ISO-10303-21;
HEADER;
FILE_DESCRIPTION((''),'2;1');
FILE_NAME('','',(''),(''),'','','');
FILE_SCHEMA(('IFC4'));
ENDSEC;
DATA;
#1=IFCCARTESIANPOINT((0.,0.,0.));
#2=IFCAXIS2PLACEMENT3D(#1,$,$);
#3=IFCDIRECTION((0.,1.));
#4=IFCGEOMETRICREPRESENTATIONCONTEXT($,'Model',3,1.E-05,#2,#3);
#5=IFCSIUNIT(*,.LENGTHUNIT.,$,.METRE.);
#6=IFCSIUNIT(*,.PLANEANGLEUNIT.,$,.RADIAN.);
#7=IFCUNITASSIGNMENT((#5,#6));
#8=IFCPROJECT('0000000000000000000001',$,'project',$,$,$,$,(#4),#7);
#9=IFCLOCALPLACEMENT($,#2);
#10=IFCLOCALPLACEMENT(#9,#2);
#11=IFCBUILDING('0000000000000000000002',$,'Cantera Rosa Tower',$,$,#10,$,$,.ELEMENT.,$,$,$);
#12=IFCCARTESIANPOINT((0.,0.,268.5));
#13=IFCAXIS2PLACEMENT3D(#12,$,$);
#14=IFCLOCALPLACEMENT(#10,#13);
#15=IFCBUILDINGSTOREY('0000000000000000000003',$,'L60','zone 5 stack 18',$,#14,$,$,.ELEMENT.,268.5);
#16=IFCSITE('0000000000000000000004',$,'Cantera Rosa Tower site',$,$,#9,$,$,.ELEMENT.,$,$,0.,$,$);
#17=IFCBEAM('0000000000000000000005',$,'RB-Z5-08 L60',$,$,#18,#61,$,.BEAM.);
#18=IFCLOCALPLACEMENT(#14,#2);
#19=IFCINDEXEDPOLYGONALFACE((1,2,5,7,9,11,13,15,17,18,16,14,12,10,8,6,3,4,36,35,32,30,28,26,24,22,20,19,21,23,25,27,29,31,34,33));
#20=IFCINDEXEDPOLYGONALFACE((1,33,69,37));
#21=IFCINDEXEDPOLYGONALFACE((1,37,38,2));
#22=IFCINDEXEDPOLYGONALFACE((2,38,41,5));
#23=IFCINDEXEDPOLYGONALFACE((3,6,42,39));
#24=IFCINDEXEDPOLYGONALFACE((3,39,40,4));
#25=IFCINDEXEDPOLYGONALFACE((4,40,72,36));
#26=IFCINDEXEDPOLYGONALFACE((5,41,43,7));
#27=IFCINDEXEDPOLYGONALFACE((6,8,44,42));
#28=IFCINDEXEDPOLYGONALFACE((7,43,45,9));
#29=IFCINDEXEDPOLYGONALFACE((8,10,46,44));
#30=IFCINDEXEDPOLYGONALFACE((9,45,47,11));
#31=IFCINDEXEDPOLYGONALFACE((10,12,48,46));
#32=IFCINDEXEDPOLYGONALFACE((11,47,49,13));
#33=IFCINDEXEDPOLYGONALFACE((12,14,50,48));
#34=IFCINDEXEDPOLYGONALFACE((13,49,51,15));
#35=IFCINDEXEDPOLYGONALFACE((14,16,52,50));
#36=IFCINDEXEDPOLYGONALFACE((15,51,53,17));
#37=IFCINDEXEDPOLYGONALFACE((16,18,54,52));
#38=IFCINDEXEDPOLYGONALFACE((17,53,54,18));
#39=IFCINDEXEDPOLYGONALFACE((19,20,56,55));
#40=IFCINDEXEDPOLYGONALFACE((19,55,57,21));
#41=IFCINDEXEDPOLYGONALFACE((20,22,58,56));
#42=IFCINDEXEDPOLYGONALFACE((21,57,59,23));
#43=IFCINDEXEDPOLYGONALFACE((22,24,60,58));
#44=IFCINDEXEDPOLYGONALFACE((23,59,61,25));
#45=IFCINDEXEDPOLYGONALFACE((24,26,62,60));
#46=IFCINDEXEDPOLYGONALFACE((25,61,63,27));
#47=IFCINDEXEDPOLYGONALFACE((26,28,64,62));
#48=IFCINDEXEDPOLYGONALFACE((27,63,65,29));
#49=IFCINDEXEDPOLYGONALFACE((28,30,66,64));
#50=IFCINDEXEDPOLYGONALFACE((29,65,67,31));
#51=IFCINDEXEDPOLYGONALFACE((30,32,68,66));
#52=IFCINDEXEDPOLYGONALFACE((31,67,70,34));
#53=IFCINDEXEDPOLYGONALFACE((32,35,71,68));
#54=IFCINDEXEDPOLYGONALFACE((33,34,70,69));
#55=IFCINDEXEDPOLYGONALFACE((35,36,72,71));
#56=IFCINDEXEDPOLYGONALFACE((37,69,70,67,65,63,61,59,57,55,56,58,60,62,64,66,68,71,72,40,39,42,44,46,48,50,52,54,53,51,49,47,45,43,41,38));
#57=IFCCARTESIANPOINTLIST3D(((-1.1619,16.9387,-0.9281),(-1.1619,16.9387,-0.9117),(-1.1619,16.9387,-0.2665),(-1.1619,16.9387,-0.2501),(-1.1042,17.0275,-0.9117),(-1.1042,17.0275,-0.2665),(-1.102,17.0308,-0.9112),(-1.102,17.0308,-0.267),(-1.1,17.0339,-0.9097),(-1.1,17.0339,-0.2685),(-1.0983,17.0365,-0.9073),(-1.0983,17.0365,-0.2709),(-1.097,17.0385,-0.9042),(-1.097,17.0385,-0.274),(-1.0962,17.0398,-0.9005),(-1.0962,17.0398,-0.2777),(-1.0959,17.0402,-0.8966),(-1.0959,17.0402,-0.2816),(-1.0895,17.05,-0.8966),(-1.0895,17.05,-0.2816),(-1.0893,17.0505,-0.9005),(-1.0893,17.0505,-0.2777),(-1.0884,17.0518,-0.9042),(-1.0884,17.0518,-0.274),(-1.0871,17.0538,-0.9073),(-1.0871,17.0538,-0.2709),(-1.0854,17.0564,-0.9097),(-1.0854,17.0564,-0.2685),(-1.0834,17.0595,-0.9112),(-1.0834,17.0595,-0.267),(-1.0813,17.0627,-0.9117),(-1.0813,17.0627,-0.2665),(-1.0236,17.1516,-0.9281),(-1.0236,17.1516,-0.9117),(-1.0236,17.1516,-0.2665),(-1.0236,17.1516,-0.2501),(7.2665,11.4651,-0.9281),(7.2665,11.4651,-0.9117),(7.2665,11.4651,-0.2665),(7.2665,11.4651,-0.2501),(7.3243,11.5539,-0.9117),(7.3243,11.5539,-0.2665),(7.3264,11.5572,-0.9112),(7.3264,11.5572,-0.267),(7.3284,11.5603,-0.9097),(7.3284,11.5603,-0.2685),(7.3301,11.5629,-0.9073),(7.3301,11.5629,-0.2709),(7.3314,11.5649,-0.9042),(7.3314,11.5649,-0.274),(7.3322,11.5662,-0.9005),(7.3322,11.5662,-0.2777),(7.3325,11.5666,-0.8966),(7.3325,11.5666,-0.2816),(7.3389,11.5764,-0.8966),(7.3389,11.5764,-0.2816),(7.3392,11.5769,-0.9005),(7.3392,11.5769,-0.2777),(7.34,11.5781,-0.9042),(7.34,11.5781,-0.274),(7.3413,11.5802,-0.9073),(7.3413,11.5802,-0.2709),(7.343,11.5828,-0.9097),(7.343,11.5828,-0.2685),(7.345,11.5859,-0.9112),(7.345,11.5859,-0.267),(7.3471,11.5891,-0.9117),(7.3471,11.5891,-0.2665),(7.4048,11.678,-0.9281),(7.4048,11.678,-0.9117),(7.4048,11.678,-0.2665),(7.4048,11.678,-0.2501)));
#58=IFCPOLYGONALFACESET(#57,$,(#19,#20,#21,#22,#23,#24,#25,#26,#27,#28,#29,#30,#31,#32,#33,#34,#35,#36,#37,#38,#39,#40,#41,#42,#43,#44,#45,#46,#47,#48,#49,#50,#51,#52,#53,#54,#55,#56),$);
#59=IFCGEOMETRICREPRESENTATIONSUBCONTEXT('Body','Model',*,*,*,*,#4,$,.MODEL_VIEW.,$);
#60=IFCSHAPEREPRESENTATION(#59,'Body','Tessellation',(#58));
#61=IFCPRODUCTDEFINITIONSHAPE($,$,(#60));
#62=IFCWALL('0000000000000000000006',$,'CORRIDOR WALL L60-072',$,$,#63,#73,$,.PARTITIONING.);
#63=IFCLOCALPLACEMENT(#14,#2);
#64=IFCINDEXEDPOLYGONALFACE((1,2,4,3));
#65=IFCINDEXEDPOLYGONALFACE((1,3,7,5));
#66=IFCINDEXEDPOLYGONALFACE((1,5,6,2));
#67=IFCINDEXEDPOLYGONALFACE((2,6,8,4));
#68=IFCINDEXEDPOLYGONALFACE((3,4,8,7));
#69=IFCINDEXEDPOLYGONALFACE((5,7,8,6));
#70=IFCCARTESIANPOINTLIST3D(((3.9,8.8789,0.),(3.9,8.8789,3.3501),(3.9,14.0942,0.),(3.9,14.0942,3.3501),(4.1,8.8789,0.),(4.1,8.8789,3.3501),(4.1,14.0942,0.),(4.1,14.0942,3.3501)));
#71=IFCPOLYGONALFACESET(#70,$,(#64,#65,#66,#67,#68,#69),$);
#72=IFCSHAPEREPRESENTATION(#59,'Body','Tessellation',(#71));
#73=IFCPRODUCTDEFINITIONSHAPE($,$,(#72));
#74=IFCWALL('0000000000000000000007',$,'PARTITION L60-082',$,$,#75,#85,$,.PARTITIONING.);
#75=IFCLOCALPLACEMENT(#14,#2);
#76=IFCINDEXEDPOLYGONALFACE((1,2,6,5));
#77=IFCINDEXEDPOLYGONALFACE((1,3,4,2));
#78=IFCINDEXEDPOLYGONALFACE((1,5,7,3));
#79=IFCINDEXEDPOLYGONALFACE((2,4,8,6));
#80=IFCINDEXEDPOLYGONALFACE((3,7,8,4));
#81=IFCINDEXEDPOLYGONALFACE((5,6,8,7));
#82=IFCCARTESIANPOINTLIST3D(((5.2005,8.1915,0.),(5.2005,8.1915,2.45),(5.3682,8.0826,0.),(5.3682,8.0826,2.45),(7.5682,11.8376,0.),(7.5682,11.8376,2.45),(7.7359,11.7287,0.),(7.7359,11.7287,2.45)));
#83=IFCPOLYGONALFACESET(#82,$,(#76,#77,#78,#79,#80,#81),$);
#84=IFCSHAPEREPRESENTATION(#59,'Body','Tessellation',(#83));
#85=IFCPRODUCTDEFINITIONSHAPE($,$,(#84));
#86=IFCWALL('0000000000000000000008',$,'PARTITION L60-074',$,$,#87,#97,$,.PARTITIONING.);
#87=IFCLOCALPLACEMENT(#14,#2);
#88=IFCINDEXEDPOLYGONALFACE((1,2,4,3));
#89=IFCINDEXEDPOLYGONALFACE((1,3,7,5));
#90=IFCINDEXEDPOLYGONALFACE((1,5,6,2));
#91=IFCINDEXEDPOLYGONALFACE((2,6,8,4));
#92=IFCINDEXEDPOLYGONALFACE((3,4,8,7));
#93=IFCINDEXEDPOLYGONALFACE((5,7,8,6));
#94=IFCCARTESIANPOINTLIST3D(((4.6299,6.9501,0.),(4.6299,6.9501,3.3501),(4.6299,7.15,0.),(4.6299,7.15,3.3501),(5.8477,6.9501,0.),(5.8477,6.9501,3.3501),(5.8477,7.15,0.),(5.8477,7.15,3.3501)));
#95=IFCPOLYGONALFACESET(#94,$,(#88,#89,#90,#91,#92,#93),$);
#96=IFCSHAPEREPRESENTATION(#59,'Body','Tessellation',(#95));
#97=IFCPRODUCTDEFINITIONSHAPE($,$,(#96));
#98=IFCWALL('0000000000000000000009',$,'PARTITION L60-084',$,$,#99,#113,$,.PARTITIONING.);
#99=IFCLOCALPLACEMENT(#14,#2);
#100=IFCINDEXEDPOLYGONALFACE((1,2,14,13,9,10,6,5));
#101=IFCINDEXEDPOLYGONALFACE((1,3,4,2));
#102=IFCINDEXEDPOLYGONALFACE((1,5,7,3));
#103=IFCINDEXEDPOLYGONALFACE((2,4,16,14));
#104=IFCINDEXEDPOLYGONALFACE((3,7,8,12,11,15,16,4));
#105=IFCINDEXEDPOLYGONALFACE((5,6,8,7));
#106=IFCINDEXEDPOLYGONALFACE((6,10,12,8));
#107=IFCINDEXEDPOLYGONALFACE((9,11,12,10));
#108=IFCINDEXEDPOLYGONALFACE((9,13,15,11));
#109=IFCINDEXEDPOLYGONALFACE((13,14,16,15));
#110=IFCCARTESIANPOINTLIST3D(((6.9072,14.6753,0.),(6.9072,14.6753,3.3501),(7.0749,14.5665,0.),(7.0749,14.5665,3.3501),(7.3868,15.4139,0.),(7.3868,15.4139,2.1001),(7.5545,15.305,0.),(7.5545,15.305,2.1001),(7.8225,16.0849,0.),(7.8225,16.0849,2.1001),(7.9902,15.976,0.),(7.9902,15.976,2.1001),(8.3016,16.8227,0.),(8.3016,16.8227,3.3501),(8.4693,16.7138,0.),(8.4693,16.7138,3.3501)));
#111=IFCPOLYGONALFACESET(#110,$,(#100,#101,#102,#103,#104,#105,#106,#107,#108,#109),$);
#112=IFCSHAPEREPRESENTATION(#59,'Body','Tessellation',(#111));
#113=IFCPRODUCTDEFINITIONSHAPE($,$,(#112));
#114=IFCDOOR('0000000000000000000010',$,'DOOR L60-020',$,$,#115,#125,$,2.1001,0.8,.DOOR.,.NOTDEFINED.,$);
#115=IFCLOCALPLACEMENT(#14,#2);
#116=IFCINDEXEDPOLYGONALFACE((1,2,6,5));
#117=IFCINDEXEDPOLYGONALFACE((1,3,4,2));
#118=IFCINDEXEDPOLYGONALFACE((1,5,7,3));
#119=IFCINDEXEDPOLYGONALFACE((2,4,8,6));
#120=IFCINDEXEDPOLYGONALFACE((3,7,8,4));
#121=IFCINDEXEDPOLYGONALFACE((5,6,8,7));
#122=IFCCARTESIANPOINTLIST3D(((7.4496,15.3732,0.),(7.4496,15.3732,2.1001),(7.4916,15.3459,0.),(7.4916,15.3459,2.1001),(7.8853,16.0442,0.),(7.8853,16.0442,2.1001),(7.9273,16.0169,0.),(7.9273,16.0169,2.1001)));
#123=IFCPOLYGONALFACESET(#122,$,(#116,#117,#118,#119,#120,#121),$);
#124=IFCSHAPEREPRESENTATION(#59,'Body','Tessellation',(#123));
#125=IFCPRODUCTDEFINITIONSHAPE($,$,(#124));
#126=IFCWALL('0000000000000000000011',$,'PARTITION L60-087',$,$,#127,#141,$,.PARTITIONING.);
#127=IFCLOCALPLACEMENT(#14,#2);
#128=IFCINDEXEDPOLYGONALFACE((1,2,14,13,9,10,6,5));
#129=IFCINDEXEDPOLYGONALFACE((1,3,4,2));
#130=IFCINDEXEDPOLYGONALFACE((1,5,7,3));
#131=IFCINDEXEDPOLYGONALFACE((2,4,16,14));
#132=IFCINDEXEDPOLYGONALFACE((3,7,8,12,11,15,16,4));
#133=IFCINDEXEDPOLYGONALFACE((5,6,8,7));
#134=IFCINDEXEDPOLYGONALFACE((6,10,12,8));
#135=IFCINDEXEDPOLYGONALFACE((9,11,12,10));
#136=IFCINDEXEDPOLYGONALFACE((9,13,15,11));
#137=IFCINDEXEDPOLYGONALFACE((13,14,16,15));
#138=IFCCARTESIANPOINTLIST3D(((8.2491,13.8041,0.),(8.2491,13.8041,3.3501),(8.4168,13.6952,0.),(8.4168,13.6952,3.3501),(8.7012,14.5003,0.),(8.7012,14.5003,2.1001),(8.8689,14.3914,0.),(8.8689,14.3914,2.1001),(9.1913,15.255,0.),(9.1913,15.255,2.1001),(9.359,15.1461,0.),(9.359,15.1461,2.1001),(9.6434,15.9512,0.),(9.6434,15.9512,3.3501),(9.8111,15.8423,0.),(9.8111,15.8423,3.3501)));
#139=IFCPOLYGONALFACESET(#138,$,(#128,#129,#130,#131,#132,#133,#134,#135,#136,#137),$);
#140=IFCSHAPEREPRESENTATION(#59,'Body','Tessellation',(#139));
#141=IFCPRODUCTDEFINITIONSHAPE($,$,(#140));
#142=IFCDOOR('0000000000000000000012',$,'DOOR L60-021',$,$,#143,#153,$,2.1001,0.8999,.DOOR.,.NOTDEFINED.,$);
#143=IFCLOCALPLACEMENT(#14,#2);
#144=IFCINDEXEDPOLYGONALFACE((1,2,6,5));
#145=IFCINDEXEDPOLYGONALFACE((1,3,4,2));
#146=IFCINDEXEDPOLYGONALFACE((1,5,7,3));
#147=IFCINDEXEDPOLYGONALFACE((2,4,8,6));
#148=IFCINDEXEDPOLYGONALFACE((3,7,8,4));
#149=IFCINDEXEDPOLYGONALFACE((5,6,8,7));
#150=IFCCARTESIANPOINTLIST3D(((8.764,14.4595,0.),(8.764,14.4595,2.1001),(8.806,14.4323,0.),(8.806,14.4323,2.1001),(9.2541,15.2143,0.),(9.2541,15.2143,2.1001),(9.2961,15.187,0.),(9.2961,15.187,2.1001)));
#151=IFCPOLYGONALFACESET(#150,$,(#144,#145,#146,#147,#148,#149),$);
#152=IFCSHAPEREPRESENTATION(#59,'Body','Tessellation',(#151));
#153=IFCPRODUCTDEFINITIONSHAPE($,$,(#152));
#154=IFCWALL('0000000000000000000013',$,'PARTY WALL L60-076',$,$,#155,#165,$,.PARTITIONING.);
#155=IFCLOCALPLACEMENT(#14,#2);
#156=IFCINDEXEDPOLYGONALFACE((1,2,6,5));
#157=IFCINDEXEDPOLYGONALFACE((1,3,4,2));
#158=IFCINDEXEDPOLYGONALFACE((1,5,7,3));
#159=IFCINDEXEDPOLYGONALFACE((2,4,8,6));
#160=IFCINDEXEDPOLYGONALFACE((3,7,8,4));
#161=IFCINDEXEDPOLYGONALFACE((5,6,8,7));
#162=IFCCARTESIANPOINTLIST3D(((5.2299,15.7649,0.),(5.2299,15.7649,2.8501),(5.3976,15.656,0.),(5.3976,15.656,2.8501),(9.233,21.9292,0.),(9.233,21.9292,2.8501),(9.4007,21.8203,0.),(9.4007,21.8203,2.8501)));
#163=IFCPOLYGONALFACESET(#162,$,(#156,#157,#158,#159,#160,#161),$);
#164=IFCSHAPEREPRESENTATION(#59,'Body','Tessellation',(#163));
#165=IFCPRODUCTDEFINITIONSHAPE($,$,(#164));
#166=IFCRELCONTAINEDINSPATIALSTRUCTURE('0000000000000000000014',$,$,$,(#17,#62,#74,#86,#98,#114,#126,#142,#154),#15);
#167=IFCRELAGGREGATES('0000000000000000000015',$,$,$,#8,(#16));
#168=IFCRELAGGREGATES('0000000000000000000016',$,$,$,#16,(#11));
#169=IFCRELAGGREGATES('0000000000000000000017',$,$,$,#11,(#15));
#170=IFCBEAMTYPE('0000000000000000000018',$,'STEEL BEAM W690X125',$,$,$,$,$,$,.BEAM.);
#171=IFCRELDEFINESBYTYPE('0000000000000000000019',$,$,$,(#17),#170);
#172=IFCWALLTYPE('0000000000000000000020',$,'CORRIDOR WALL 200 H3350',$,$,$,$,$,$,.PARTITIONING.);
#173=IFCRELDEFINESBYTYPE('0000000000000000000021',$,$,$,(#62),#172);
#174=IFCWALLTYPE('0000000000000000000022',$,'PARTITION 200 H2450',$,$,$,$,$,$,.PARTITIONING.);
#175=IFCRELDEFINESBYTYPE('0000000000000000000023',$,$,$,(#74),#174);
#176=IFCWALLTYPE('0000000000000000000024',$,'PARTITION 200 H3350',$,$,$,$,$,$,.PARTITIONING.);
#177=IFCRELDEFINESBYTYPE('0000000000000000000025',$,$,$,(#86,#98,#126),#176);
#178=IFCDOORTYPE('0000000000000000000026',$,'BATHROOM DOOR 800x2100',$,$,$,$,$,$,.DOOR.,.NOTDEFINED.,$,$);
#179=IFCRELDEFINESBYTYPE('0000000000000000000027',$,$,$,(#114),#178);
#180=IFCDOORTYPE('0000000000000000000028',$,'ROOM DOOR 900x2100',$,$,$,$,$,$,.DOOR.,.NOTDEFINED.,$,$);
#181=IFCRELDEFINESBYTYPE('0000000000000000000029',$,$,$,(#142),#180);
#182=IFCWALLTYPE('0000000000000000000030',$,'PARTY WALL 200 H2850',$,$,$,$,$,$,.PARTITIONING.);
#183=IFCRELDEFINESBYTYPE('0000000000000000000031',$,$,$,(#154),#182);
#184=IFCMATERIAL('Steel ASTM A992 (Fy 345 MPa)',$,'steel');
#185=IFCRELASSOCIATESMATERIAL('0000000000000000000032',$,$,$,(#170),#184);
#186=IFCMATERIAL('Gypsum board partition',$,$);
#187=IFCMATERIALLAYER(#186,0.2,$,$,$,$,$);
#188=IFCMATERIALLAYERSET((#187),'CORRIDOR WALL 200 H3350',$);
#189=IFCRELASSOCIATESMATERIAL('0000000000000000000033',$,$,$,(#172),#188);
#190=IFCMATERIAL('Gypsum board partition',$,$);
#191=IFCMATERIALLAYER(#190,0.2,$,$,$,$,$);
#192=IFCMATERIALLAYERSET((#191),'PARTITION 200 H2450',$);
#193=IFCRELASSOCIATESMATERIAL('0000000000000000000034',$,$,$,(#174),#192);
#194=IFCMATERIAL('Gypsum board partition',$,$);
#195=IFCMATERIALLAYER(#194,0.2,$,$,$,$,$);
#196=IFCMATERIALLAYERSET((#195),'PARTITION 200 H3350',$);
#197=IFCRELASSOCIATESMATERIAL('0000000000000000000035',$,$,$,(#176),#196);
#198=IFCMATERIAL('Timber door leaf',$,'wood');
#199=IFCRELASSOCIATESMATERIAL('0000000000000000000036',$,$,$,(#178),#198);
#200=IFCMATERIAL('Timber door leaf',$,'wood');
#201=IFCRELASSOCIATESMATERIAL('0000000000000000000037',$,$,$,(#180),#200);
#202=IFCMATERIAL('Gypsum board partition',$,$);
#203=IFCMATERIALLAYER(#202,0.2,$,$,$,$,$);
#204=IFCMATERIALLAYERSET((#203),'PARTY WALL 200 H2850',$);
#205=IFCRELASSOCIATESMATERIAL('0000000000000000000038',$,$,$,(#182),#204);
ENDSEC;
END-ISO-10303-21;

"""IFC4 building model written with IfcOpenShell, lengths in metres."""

from ifc_helpers import new_model, si_unit, direction, frame, frame_2d, origin, origin_2d, place, context, subcontext, project, spatial, rectangle, i_section, extrude, material, layer, layer_set, material_profile, profile_set, type_object, element, fill, save


model = new_model("IFC4")

# Units and contexts
model_context = context("Model", 3, precision=1e-05, world=origin(), true_north=direction((0.0, 1.0)))
body_context = subcontext(model_context, "Body", "Model", "MODEL_VIEW")
ifc_project = project(units=[si_unit("LENGTHUNIT", "METRE"), si_unit("PLANEANGLEUNIT", "RADIAN")], contexts=[model_context])

# Site, building, storey
site_placement = place(None, origin())
site = spatial("IfcSite", under=ifc_project, at=site_placement, Name="Cantera Rosa Tower site", CompositionType="ELEMENT", RefElevation=0.0)
building_placement = place(site_placement, origin())
building = spatial("IfcBuilding", under=site, at=building_placement, Name="Cantera Rosa Tower", CompositionType="ELEMENT")
storey_placement = place(building_placement, frame((0.0, 0.0, 268.5)))
storey = spatial("IfcBuildingStorey", under=building, at=storey_placement, Name="L60", Description="zone 5 stack 18", CompositionType="ELEMENT", Elevation=268.5)

# Beam
ifc_material_1 = material(Name="Steel ASTM A992 (Fy 345 MPa)", Category="steel")
ifc_material_profile = material_profile(ifc_material_1, i_section(OverallWidth=0.2539, OverallDepth=0.678, WebThickness=0.0117, FlangeThickness=0.0164, FilletRadius=0.0151, at=origin_2d()), Name="W690X125")
ifc_profile_set = profile_set([ifc_material_profile], Name="Steel ASTM A992 (Fy 345 MPa)")
beam_type = type_object("IfcBeamType", Name="STEEL BEAM W690X125", PredefinedType="BEAM", material=ifc_profile_set)
beam_placement = place(storey_placement, frame((7.3357, 11.5715, -0.5891), z_axis=(-0.838665, 0.544648, 0.0), x_axis=(-0.544648, -0.838665, 0.0)))
element("IfcBeam", 1, at=beam_placement, inside=storey, type_object=beam_type, Name="RB-Z5-08 L60", PredefinedType="BEAM", context=body_context, shape_type="SweptSolid", body=[
    extrude(i_section(OverallWidth=0.2539, OverallDepth=0.678, WebThickness=0.0117, FlangeThickness=0.0164, FilletRadius=0.0151, at=origin_2d()), origin(), (0.0, 0.0, 1.0), 10.0498),
])

# Walls
ifc_material_2 = material(Name="Gypsum board partition")
ifc_layer_1 = layer(ifc_material_2, 0.2)
ifc_layer_set_1 = layer_set([ifc_layer_1], Name="CORRIDOR WALL 200 H3350")
wall_type_1 = type_object("IfcWallType", Name="CORRIDOR WALL 200 H3350", PredefinedType="PARTITIONING", material=ifc_layer_set_1)
wall_1_placement = place(storey_placement, frame((4.0, 8.8789, 0.0), z_axis=(0.0, 0.0, 1.0), x_axis=(0.0, 1.0, 0.0)))
element("IfcWall", 2, at=wall_1_placement, inside=storey, type_object=wall_type_1, Name="CORRIDOR WALL L60-072", PredefinedType="PARTITIONING", context=body_context, shape_type="SweptSolid", body=[
    extrude(rectangle(XDim=5.2153, YDim=0.2, at=frame_2d((2.6077, 0.0))), origin(), (0.0, 0.0, 1.0), 3.3501),
])
ifc_material_3 = material(Name="Gypsum board partition")
ifc_layer_2 = layer(ifc_material_3, 0.2)
ifc_layer_set_2 = layer_set([ifc_layer_2], Name="PARTITION 200 H2450")
wall_type_2 = type_object("IfcWallType", Name="PARTITION 200 H2450", PredefinedType="PARTITIONING", material=ifc_layer_set_2)
wall_2_placement = place(storey_placement, frame((7.6521, 11.7832, 0.0), z_axis=(0.0, 0.0, 1.0), x_axis=(-0.544629, -0.838677, 0.0)))
element("IfcWall", 3, at=wall_2_placement, inside=storey, type_object=wall_type_2, Name="PARTITION L60-082", PredefinedType="PARTITIONING", context=body_context, shape_type="SweptSolid", body=[
    extrude(rectangle(XDim=4.3474, YDim=0.2, at=frame_2d((2.1738, 0.0))), origin(), (0.0, 0.0, 1.0), 2.45),
])
ifc_material_4 = material(Name="Gypsum board partition")
ifc_layer_3 = layer(ifc_material_4, 0.2)
ifc_layer_set_3 = layer_set([ifc_layer_3], Name="PARTITION 200 H3350")
wall_type_3 = type_object("IfcWallType", Name="PARTITION 200 H3350", PredefinedType="PARTITIONING", material=ifc_layer_set_3)
wall_3_placement = place(storey_placement, frame((4.6299, 7.05, 0.0), z_axis=(0.0, 0.0, 1.0), x_axis=(1.0, 0.0, 0.0)))
element("IfcWall", 4, at=wall_3_placement, inside=storey, type_object=wall_type_3, Name="PARTITION L60-074", PredefinedType="PARTITIONING", context=body_context, shape_type="SweptSolid", body=[
    extrude(rectangle(XDim=1.2178, YDim=0.2, at=frame_2d((0.6089, 0.0))), origin(), (0.0, 0.0, 1.0), 3.3501),
])

# Walls, openings, doors
wall_4_placement = place(storey_placement, frame((8.3855, 16.7683, 0.0), z_axis=(0.0, 0.0, 1.0), x_axis=(-0.544603, -0.838694, 0.0)))
wall_4 = element("IfcWall", 5, at=wall_4_placement, inside=storey, type_object=wall_type_3, Name="PARTITION L60-084", PredefinedType="PARTITIONING", context=body_context, shape_type="SweptSolid", body=[
    extrude(rectangle(XDim=2.5603, YDim=0.2, at=frame_2d((1.2803, 0.0))), origin(), (0.0, 0.0, 1.0), 3.3501),
])
opening_1_placement = place(wall_4_placement, frame((0.8799, 0.0, 0.0)))
opening_1 = element("IfcOpeningElement", 6, at=opening_1_placement, cuts=wall_4, PredefinedType="OPENING", context=body_context, shape_type="SweptSolid", body=[
    extrude(rectangle(XDim=0.8, YDim=2.1001, at=frame_2d((0.3999, 1.05))), frame((0.0, 0.1099, 0.0), z_axis=(0.0, -1.0, 0.0), x_axis=(1.0, 0.0, 0.0)), (0.0, 0.0, 1.0), 0.22),
])
ifc_material_5 = material(Name="Timber door leaf", Category="wood")
door_type_1 = type_object("IfcDoorType", Name="BATHROOM DOOR 800x2100", OperationType="NOTDEFINED", PredefinedType="DOOR", material=ifc_material_5)
door_1_placement = place(opening_1_placement, origin())
door_1 = element("IfcDoor", 7, at=door_1_placement, inside=storey, type_object=door_type_1, Name="DOOR L60-020", OperationType="NOTDEFINED", OverallHeight=2.1001, OverallWidth=0.8, PredefinedType="DOOR", context=body_context, shape_type="SweptSolid", body=[
    extrude(rectangle(XDim=0.8, YDim=2.1001, at=frame_2d((0.3999, 1.05))), frame((0.0, 0.0249, 0.0), z_axis=(0.0, -1.0, 0.0), x_axis=(1.0, 0.0, 0.0)), (0.0, 0.0, 1.0), 0.05),
])
fill(opening_1, door_1)
wall_5_placement = place(storey_placement, frame((9.7273, 15.8967, 0.0), z_axis=(0.0, 0.0, 1.0), x_axis=(-0.544646, -0.838666, 0.0)))
wall_5 = element("IfcWall", 8, at=wall_5_placement, inside=storey, type_object=wall_type_3, Name="PARTITION L60-087", PredefinedType="PARTITIONING", context=body_context, shape_type="SweptSolid", body=[
    extrude(rectangle(XDim=2.5601, YDim=0.2, at=frame_2d((1.28, 0.0))), origin(), (0.0, 0.0, 1.0), 3.3501),
])
opening_2_placement = place(wall_5_placement, frame((0.8301, 0.0, 0.0)))
opening_2 = element("IfcOpeningElement", 9, at=opening_2_placement, cuts=wall_5, PredefinedType="OPENING", context=body_context, shape_type="SweptSolid", body=[
    extrude(rectangle(XDim=0.8999, YDim=2.1001, at=frame_2d((0.45, 1.05))), frame((0.0, 0.1099, 0.0), z_axis=(0.0, -1.0, 0.0), x_axis=(1.0, 0.0, 0.0)), (0.0, 0.0, 1.0), 0.22),
])
ifc_material_6 = material(Name="Timber door leaf", Category="wood")
door_type_2 = type_object("IfcDoorType", Name="ROOM DOOR 900x2100", OperationType="NOTDEFINED", PredefinedType="DOOR", material=ifc_material_6)
door_2_placement = place(opening_2_placement, origin())
door_2 = element("IfcDoor", 10, at=door_2_placement, inside=storey, type_object=door_type_2, Name="DOOR L60-021", OperationType="NOTDEFINED", OverallHeight=2.1001, OverallWidth=0.8999, PredefinedType="DOOR", context=body_context, shape_type="SweptSolid", body=[
    extrude(rectangle(XDim=0.8999, YDim=2.1001, at=frame_2d((0.45, 1.05))), frame((0.0, 0.0249, 0.0), z_axis=(0.0, -1.0, 0.0), x_axis=(1.0, 0.0, 0.0)), (0.0, 0.0, 1.0), 0.05),
])
fill(opening_2, door_2)

# Wall
ifc_material_7 = material(Name="Gypsum board partition")
ifc_layer_4 = layer(ifc_material_7, 0.2)
ifc_layer_set_4 = layer_set([ifc_layer_4], Name="PARTY WALL 200 H2850")
wall_type_4 = type_object("IfcWallType", Name="PARTY WALL 200 H2850", PredefinedType="PARTITIONING", material=ifc_layer_set_4)
wall_6_placement = place(storey_placement, frame((5.3137, 15.7104, 0.0), z_axis=(0.0, 0.0, 1.0), x_axis=(0.544642, 0.838669, 0.0)))
element("IfcWall", 11, at=wall_6_placement, inside=storey, type_object=wall_type_4, Name="PARTY WALL L60-076", PredefinedType="PARTITIONING", context=body_context, shape_type="SweptSolid", body=[
    extrude(rectangle(XDim=7.3501, YDim=0.2, at=frame_2d((3.675, 0.0))), origin(), (0.0, 0.0, 1.0), 2.8501),
])

save(model, "model.ifc")
